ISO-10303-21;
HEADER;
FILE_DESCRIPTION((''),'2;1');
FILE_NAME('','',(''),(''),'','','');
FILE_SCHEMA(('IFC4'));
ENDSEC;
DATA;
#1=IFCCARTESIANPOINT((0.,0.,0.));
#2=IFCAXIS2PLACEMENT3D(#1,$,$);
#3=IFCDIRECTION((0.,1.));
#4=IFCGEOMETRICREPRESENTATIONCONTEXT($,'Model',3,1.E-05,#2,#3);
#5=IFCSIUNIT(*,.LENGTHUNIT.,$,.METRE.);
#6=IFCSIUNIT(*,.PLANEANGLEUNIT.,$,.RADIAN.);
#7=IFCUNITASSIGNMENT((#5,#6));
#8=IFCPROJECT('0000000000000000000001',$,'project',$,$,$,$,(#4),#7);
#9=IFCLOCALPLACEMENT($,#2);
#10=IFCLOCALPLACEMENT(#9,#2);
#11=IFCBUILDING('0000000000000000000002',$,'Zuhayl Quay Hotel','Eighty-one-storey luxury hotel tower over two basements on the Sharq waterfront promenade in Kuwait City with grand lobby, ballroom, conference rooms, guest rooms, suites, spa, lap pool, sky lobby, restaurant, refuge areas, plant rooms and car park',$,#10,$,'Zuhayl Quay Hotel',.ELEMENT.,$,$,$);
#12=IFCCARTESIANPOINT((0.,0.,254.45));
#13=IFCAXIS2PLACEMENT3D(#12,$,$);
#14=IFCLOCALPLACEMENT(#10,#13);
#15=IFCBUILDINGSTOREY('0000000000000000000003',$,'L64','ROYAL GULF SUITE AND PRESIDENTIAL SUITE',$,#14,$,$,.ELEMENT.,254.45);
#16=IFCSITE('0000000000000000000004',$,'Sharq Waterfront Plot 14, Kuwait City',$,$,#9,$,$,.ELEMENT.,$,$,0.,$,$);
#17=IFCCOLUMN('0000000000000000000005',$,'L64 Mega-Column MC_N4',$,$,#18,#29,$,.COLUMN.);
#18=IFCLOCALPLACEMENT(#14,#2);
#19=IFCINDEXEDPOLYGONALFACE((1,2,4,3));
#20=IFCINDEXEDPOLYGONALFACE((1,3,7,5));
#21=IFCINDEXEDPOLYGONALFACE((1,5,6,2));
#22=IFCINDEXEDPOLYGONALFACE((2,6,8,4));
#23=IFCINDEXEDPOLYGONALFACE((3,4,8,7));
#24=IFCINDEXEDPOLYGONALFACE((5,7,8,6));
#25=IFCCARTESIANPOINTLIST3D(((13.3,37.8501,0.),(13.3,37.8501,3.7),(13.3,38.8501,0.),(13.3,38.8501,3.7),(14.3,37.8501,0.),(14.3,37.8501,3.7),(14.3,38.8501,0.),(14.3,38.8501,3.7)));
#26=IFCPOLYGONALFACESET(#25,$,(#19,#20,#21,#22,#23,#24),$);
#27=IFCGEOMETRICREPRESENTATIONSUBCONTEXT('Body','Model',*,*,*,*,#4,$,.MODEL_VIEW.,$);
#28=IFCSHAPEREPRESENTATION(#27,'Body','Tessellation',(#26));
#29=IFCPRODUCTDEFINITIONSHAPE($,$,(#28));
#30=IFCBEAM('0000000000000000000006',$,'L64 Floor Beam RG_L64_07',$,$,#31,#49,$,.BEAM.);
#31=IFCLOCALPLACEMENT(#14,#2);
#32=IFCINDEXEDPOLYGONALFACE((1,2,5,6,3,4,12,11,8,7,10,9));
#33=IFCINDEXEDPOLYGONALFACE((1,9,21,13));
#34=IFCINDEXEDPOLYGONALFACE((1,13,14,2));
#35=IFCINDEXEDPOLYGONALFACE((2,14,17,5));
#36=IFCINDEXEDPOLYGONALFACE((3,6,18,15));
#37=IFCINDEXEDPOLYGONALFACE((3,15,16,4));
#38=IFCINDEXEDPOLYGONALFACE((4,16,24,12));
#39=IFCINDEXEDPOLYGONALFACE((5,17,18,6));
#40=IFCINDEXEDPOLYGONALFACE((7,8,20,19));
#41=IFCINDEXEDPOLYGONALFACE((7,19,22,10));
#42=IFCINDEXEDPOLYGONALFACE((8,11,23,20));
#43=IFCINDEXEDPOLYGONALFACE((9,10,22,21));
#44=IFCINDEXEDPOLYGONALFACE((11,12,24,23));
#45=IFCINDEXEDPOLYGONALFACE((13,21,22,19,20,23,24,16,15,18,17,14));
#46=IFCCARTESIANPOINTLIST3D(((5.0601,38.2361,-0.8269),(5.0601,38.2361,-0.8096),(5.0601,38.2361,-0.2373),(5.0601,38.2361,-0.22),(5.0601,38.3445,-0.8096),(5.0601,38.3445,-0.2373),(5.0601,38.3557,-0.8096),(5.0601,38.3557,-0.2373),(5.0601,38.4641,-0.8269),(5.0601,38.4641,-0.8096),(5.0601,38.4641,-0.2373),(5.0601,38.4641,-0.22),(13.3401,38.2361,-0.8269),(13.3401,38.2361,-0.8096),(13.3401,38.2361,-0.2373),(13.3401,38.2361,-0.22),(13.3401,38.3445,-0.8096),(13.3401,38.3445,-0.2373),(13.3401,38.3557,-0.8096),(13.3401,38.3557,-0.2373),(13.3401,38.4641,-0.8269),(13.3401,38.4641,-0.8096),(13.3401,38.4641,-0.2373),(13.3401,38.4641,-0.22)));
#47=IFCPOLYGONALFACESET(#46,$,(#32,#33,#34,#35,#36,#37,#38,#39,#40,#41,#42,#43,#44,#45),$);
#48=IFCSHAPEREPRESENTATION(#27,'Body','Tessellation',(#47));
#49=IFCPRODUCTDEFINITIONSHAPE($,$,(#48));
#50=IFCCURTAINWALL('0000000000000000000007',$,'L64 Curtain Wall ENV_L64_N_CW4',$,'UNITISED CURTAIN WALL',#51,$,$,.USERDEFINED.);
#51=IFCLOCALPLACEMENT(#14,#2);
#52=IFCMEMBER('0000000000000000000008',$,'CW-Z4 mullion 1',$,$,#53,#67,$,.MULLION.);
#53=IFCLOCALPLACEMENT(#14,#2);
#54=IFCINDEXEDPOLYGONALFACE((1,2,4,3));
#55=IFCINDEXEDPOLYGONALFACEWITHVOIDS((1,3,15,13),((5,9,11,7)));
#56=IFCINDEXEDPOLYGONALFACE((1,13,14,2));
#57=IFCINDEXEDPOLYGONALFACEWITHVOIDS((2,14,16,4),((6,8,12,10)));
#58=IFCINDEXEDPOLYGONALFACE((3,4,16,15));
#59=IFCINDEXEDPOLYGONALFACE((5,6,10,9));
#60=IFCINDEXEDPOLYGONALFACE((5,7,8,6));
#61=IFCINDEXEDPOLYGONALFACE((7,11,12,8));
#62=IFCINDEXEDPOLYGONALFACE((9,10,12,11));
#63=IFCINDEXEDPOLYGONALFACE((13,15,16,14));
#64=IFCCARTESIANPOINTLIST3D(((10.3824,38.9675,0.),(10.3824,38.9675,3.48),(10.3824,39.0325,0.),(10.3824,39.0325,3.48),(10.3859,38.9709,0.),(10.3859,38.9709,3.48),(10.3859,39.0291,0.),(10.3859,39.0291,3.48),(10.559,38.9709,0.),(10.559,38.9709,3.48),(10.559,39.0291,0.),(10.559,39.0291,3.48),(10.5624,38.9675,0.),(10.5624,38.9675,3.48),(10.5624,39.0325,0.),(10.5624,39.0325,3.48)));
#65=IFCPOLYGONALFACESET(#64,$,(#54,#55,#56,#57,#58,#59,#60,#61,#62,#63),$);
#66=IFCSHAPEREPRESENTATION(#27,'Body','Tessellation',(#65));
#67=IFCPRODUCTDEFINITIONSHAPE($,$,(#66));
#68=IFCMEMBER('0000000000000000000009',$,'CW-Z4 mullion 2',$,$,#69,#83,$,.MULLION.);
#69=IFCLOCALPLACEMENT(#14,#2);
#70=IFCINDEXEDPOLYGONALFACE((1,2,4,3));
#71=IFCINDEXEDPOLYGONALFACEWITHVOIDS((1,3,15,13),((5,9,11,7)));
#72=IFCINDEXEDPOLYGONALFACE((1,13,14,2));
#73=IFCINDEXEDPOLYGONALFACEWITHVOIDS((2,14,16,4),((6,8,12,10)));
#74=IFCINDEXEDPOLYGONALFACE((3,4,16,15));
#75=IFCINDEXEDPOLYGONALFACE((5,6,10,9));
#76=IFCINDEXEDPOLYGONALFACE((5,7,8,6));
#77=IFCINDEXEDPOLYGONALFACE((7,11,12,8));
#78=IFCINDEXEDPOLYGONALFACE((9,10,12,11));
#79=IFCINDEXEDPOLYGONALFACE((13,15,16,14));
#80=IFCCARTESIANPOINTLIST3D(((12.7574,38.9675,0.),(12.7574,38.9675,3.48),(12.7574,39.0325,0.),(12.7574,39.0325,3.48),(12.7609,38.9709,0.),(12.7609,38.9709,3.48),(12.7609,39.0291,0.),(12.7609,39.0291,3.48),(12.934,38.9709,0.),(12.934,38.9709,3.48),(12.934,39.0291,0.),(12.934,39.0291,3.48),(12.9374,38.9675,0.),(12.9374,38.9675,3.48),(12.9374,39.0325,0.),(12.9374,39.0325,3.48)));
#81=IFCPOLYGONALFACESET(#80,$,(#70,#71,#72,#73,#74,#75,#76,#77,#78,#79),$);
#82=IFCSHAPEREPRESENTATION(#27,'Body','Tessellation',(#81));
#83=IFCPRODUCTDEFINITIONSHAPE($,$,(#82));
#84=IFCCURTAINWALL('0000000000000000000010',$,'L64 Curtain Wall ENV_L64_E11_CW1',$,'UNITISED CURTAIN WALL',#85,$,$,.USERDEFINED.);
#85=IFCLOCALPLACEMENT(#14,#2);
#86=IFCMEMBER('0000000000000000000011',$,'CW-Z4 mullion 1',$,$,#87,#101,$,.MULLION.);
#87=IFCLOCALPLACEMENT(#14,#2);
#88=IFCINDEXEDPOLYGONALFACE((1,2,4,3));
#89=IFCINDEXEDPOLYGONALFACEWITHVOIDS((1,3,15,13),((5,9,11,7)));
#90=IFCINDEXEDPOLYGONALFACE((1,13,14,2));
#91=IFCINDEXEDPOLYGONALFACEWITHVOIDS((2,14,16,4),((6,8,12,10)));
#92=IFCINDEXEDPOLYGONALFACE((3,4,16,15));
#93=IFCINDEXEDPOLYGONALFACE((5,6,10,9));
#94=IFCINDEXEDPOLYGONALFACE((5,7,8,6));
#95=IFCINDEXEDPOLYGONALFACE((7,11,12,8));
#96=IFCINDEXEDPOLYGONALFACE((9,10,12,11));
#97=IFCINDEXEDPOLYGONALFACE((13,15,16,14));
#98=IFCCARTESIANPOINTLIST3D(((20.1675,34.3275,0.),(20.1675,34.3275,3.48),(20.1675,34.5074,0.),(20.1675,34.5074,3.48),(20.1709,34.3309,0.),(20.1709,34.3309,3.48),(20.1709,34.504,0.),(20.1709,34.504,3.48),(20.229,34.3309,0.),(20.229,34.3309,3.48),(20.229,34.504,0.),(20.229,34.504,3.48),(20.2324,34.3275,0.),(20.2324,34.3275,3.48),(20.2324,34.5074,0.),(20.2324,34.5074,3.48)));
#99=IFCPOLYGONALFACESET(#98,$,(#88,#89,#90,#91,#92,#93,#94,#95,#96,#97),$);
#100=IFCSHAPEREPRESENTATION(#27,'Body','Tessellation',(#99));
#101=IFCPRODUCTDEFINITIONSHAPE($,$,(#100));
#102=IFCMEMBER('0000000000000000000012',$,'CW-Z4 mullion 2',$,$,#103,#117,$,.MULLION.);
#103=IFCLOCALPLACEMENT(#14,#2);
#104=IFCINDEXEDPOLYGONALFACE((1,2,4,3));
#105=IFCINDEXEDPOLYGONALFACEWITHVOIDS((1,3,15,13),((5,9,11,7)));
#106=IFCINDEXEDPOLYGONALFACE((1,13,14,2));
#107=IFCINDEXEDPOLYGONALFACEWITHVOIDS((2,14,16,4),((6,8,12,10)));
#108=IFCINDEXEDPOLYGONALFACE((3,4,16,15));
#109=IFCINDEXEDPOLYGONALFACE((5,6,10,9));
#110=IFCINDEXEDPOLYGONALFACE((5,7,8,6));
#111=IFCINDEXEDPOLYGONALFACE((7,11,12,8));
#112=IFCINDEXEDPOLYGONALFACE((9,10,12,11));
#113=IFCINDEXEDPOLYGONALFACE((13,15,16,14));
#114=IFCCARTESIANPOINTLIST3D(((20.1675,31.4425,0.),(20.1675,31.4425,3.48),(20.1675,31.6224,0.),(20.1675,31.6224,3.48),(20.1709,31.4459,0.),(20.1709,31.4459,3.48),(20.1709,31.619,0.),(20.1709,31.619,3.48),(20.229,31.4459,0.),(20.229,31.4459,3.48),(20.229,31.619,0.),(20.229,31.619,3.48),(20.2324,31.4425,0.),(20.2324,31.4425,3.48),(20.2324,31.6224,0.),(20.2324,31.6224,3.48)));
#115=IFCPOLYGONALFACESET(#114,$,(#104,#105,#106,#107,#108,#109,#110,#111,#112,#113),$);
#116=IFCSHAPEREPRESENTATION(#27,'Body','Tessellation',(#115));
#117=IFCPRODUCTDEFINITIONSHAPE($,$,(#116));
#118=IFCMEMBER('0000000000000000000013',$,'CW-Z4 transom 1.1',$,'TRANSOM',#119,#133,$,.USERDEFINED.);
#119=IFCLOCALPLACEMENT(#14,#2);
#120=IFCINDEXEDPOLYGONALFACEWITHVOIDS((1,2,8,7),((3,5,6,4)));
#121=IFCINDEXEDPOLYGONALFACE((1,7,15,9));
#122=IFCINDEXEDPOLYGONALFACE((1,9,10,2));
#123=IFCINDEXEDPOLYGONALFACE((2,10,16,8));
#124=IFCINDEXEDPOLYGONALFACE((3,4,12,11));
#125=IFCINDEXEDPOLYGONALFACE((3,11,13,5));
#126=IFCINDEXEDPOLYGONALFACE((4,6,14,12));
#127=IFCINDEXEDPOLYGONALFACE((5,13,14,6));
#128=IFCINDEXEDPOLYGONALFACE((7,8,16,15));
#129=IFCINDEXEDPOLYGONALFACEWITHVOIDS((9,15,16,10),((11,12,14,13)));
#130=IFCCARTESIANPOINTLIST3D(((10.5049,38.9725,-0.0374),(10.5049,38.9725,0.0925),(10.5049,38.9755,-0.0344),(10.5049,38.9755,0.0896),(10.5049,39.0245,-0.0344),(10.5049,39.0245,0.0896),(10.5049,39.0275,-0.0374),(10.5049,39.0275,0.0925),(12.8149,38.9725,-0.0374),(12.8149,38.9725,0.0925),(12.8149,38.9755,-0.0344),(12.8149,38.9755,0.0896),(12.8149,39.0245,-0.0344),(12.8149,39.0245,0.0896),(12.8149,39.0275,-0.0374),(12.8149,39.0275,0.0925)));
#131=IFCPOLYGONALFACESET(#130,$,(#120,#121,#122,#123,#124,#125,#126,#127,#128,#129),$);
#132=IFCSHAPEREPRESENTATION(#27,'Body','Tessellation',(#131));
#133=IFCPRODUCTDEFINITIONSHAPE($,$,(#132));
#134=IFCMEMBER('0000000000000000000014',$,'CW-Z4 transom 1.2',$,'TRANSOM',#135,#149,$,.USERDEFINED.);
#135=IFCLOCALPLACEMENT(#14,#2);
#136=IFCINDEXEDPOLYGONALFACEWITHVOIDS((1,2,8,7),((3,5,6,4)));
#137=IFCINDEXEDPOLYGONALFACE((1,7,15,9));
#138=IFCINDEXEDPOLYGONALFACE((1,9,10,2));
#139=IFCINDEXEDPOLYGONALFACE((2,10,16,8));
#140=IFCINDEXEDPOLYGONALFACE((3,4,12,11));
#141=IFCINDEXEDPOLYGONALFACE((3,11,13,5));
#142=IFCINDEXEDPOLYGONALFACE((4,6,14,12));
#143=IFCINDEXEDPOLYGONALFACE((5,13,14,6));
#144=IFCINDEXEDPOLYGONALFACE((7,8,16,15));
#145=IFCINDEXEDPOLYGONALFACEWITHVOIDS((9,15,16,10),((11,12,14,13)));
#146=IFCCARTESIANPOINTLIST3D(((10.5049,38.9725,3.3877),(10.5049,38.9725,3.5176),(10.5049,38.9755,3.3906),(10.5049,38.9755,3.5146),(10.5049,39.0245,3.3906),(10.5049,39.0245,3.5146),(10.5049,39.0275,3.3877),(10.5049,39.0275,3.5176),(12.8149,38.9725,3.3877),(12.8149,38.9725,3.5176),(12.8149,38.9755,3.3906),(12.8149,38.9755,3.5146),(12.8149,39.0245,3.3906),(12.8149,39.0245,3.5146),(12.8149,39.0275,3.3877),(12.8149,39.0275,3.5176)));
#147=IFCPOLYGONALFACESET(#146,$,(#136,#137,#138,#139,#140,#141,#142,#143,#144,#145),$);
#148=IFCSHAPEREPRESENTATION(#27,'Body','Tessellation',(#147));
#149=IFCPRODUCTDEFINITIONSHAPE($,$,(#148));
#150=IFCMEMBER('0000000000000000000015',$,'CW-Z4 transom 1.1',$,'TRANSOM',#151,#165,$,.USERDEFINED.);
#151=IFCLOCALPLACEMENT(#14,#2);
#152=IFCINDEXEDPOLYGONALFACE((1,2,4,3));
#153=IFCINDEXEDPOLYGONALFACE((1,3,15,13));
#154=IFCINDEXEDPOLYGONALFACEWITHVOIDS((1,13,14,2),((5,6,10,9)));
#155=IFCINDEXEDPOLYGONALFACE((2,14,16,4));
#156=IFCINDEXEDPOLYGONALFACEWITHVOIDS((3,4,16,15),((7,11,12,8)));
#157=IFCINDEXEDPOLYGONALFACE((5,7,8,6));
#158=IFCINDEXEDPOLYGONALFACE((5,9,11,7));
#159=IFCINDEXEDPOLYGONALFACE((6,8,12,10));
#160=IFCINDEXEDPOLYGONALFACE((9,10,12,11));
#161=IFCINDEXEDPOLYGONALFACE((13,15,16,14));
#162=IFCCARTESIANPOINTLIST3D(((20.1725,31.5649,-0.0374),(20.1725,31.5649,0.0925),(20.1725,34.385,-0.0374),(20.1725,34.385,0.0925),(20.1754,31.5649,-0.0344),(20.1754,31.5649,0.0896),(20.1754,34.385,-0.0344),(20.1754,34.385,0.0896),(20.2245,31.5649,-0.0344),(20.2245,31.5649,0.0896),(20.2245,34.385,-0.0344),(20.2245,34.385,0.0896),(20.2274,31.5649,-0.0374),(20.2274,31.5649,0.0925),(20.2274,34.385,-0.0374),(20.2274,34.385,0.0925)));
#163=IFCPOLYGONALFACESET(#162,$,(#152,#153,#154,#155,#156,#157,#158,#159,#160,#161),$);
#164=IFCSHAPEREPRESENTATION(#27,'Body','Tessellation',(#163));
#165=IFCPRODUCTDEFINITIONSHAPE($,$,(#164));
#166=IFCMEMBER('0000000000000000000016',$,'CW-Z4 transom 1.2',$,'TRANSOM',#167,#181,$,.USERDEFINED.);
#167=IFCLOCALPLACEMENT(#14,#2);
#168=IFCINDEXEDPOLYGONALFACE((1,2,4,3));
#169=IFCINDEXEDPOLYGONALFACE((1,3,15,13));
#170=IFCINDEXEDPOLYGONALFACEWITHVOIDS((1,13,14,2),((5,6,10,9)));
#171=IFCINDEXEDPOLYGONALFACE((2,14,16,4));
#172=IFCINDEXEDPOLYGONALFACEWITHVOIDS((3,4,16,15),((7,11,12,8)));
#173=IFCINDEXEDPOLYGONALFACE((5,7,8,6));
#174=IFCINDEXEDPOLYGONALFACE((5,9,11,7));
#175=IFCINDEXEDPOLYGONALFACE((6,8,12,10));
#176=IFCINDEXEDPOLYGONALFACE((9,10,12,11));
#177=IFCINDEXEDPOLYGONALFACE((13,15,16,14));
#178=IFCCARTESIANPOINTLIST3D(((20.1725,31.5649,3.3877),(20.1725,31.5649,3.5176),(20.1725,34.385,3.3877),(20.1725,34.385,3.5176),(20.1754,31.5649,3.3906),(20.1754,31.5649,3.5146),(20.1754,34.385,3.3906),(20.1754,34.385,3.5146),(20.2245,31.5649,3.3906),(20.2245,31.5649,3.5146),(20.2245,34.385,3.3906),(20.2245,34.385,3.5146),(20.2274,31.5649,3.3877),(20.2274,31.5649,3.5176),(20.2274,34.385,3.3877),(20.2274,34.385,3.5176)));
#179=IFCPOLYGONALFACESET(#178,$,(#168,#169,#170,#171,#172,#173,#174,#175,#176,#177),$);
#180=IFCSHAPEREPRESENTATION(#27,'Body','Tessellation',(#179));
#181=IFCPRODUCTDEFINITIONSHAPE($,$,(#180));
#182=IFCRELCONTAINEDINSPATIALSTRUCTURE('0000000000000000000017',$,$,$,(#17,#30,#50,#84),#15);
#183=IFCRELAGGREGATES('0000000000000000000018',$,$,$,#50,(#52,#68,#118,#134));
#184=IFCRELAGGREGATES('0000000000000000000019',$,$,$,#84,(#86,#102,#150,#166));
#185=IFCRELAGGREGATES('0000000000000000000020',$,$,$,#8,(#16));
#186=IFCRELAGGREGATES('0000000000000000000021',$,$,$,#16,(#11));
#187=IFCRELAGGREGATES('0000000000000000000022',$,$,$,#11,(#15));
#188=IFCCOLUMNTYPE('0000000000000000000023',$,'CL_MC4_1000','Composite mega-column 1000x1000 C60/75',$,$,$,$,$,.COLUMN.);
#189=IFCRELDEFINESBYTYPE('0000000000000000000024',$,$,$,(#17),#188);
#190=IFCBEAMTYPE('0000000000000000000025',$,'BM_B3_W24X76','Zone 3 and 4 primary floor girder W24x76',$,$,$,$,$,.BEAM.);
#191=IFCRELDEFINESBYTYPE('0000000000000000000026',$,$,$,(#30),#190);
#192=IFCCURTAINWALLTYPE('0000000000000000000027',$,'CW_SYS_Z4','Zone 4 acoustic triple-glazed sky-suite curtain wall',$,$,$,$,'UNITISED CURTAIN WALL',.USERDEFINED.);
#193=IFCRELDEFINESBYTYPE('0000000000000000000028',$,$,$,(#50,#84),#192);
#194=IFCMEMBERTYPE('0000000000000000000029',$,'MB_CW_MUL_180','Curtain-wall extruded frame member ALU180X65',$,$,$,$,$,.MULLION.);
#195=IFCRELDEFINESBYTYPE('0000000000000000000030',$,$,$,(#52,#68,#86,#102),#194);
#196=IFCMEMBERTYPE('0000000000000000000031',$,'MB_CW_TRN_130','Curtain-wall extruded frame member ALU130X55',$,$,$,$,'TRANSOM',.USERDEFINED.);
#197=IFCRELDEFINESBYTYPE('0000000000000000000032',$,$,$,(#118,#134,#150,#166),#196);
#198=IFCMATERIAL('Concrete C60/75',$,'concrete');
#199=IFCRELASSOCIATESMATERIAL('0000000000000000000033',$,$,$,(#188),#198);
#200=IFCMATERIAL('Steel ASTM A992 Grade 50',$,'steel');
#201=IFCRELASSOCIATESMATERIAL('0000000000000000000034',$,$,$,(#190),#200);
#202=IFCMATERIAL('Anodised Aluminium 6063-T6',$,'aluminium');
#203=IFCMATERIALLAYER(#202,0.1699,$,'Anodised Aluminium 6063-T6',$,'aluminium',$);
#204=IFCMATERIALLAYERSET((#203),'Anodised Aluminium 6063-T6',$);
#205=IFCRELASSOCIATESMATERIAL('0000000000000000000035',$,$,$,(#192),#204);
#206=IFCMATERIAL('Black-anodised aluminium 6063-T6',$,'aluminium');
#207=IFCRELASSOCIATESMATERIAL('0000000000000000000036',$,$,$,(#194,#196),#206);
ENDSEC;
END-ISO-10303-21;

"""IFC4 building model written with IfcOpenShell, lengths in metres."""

from ifc_helpers import new_model, si_unit, direction, frame, origin, origin_2d, place, context, subcontext, project, spatial, rectangle, hollow_rectangle, i_section, extrude, material, layer, layer_set, material_profile, profile_set, type_object, element, aggregate, save


model = new_model("IFC4")

# Units and contexts
model_context = context("Model", 3, precision=1e-05, world=origin(), true_north=direction((0.0, 1.0)))
body_context = subcontext(model_context, "Body", "Model", "MODEL_VIEW")
ifc_project = project(units=[si_unit("LENGTHUNIT", "METRE"), si_unit("PLANEANGLEUNIT", "RADIAN")], contexts=[model_context])

# Site, building, storey
site_placement = place(None, origin())
site = spatial("IfcSite", under=ifc_project, at=site_placement, Name="Sharq Waterfront Plot 14, Kuwait City", CompositionType="ELEMENT", RefElevation=0.0)
building_placement = place(site_placement, origin())
building = spatial("IfcBuilding", under=site, at=building_placement, Name="Zuhayl Quay Hotel", Description="Eighty-one-storey luxury hotel tower over two basements on the Sharq waterfront promenade in Kuwait City with grand lobby, ballroom, conference rooms, guest rooms, suites, spa, lap pool, sky lobby, restaurant, refuge areas, plant rooms and car park", LongName="Zuhayl Quay Hotel", CompositionType="ELEMENT")
storey_placement = place(building_placement, frame((0.0, 0.0, 254.45)))
storey = spatial("IfcBuildingStorey", under=building, at=storey_placement, Name="L64", Description="ROYAL GULF SUITE AND PRESIDENTIAL SUITE", CompositionType="ELEMENT", Elevation=254.45)

# Column
ifc_material_1 = material(Name="Concrete C60/75", Category="concrete")
ifc_material_profile_1 = material_profile(ifc_material_1, rectangle(XDim=1.0, YDim=1.0, at=origin_2d()), Name="RC1000X1000")
ifc_profile_set_1 = profile_set([ifc_material_profile_1], Name="Concrete C60/75")
column_type = type_object("IfcColumnType", Name="CL_MC4_1000", Description="Composite mega-column 1000x1000 C60/75", PredefinedType="COLUMN", material=ifc_profile_set_1)
column_placement = place(storey_placement, frame((13.8, 38.3501, 0.0), z_axis=(0.0, 0.0, 1.0), x_axis=(1.0, 0.0, 0.0)))
element("IfcColumn", 1, at=column_placement, inside=storey, type_object=column_type, Name="L64 Mega-Column MC_N4", PredefinedType="COLUMN", context=body_context, shape_type="SweptSolid", body=[
    extrude(rectangle(XDim=1.0, YDim=1.0, at=origin_2d()), origin(), (0.0, 0.0, 1.0), 3.7),
])

# Beam
ifc_material_2 = material(Name="Steel ASTM A992 Grade 50", Category="steel")
ifc_material_profile_2 = material_profile(ifc_material_2, i_section(OverallWidth=0.228, OverallDepth=0.6069, WebThickness=0.0112, FlangeThickness=0.0173, at=origin_2d()), Name="W24X76")
ifc_profile_set_2 = profile_set([ifc_material_profile_2], Name="Steel ASTM A992 Grade 50")
beam_type = type_object("IfcBeamType", Name="BM_B3_W24X76", Description="Zone 3 and 4 primary floor girder W24x76", PredefinedType="BEAM", material=ifc_profile_set_2)
beam_placement = place(storey_placement, frame((13.3401, 38.3501, -0.5234), z_axis=(-1.0, 0.0, 0.0), x_axis=(0.0, -1.0, 0.0)))
element("IfcBeam", 2, at=beam_placement, inside=storey, type_object=beam_type, Name="L64 Floor Beam RG_L64_07", PredefinedType="BEAM", context=body_context, shape_type="SweptSolid", body=[
    extrude(i_section(OverallWidth=0.228, OverallDepth=0.6069, WebThickness=0.0112, FlangeThickness=0.0173, at=origin_2d()), origin(), (0.0, 0.0, 1.0), 8.28),
])

# Curtain walls, members
ifc_material_3 = material(Name="Anodised Aluminium 6063-T6", Category="aluminium")
ifc_layer_1 = layer(ifc_material_3, 0.1699, Name="Anodised Aluminium 6063-T6", Category="aluminium")
ifc_layer_set_1 = layer_set([ifc_layer_1], Name="Anodised Aluminium 6063-T6")
curtain_wall_type = type_object("IfcCurtainWallType", Name="CW_SYS_Z4", Description="Zone 4 acoustic triple-glazed sky-suite curtain wall", ElementType="UNITISED CURTAIN WALL", PredefinedType="USERDEFINED", material=ifc_layer_set_1)
curtain_wall_1_placement = place(storey_placement, origin())
curtain_wall_1 = element("IfcCurtainWall", 3, at=curtain_wall_1_placement, inside=storey, type_object=curtain_wall_type, Name="L64 Curtain Wall ENV_L64_N_CW4", ObjectType="UNITISED CURTAIN WALL", PredefinedType="USERDEFINED")
ifc_material_4 = material(Name="Black-anodised aluminium 6063-T6", Category="aluminium")
ifc_material_profile_3 = material_profile(ifc_material_4, hollow_rectangle(XDim=0.0649, YDim=0.1799, WallThickness=0.0034, at=origin_2d()), Name="ALU180X65")
ifc_profile_set_3 = profile_set([ifc_material_profile_3], Name="Black-anodised aluminium 6063-T6")
member_type_1 = type_object("IfcMemberType", Name="MB_CW_MUL_180", Description="Curtain-wall extruded frame member ALU180X65", PredefinedType="MULLION", material=ifc_profile_set_3)
member_1_placement = place(storey_placement, frame((10.4724, 39.0, 0.0), z_axis=(0.0, 0.0, 1.0), x_axis=(0.0, 1.0, 0.0)))
member_1 = element("IfcMember", 4, at=member_1_placement, type_object=member_type_1, Name="CW-Z4 mullion 1", PredefinedType="MULLION", context=body_context, shape_type="SweptSolid", body=[
    extrude(hollow_rectangle(XDim=0.0649, YDim=0.1799, WallThickness=0.0034, at=origin_2d()), origin(), (0.0, 0.0, 1.0), 3.48),
])
member_2_placement = place(storey_placement, frame((12.8474, 39.0, 0.0), z_axis=(0.0, 0.0, 1.0), x_axis=(0.0, 1.0, 0.0)))
member_2 = element("IfcMember", 5, at=member_2_placement, type_object=member_type_1, Name="CW-Z4 mullion 2", PredefinedType="MULLION", context=body_context, shape_type="SweptSolid", body=[
    extrude(hollow_rectangle(XDim=0.0649, YDim=0.1799, WallThickness=0.0034, at=origin_2d()), origin(), (0.0, 0.0, 1.0), 3.48),
])
curtain_wall_2_placement = place(storey_placement, origin())
curtain_wall_2 = element("IfcCurtainWall", 6, at=curtain_wall_2_placement, inside=storey, type_object=curtain_wall_type, Name="L64 Curtain Wall ENV_L64_E11_CW1", ObjectType="UNITISED CURTAIN WALL", PredefinedType="USERDEFINED")
member_3_placement = place(storey_placement, frame((20.2, 34.4175, 0.0), z_axis=(0.0, 0.0, 1.0), x_axis=(1.0, 0.0, 0.0)))
member_3 = element("IfcMember", 7, at=member_3_placement, type_object=member_type_1, Name="CW-Z4 mullion 1", PredefinedType="MULLION", context=body_context, shape_type="SweptSolid", body=[
    extrude(hollow_rectangle(XDim=0.0649, YDim=0.1799, WallThickness=0.0034, at=origin_2d()), origin(), (0.0, 0.0, 1.0), 3.48),
])
member_4_placement = place(storey_placement, frame((20.2, 31.5325, 0.0), z_axis=(0.0, 0.0, 1.0), x_axis=(1.0, 0.0, 0.0)))
member_4 = element("IfcMember", 8, at=member_4_placement, type_object=member_type_1, Name="CW-Z4 mullion 2", PredefinedType="MULLION", context=body_context, shape_type="SweptSolid", body=[
    extrude(hollow_rectangle(XDim=0.0649, YDim=0.1799, WallThickness=0.0034, at=origin_2d()), origin(), (0.0, 0.0, 1.0), 3.48),
])

# Members
ifc_material_profile_4 = material_profile(ifc_material_4, hollow_rectangle(XDim=0.0549, YDim=0.1299, WallThickness=0.0029, at=origin_2d()), Name="ALU130X55")
ifc_profile_set_4 = profile_set([ifc_material_profile_4], Name="Black-anodised aluminium 6063-T6")
member_type_2 = type_object("IfcMemberType", Name="MB_CW_TRN_130", Description="Curtain-wall extruded frame member ALU130X55", ElementType="TRANSOM", PredefinedType="USERDEFINED", material=ifc_profile_set_4)
member_5_placement = place(storey_placement, frame((10.5049, 39.0, 0.0276), z_axis=(1.0, 0.0, 0.0), x_axis=(0.0, 1.0, 0.0)))
member_5 = element("IfcMember", 9, at=member_5_placement, type_object=member_type_2, Name="CW-Z4 transom 1.1", ObjectType="TRANSOM", PredefinedType="USERDEFINED", context=body_context, shape_type="SweptSolid", body=[
    extrude(hollow_rectangle(XDim=0.0549, YDim=0.1299, WallThickness=0.0029, at=origin_2d()), origin(), (0.0, 0.0, 1.0), 2.3101),
])
member_6_placement = place(storey_placement, frame((10.5049, 39.0, 3.4526), z_axis=(1.0, 0.0, 0.0), x_axis=(0.0, 1.0, 0.0)))
member_6 = element("IfcMember", 10, at=member_6_placement, type_object=member_type_2, Name="CW-Z4 transom 1.2", ObjectType="TRANSOM", PredefinedType="USERDEFINED", context=body_context, shape_type="SweptSolid", body=[
    extrude(hollow_rectangle(XDim=0.0549, YDim=0.1299, WallThickness=0.0029, at=origin_2d()), origin(), (0.0, 0.0, 1.0), 2.3101),
])
member_7_placement = place(storey_placement, frame((20.2, 34.385, 0.0276), z_axis=(0.0, -1.0, 0.0), x_axis=(1.0, 0.0, 0.0)))
member_7 = element("IfcMember", 11, at=member_7_placement, type_object=member_type_2, Name="CW-Z4 transom 1.1", ObjectType="TRANSOM", PredefinedType="USERDEFINED", context=body_context, shape_type="SweptSolid", body=[
    extrude(hollow_rectangle(XDim=0.0549, YDim=0.1299, WallThickness=0.0029, at=origin_2d()), origin(), (0.0, 0.0, 1.0), 2.8201),
])
member_8_placement = place(storey_placement, frame((20.2, 34.385, 3.4526), z_axis=(0.0, -1.0, 0.0), x_axis=(1.0, 0.0, 0.0)))
member_8 = element("IfcMember", 12, at=member_8_placement, type_object=member_type_2, Name="CW-Z4 transom 1.2", ObjectType="TRANSOM", PredefinedType="USERDEFINED", context=body_context, shape_type="SweptSolid", body=[
    extrude(hollow_rectangle(XDim=0.0549, YDim=0.1299, WallThickness=0.0029, at=origin_2d()), origin(), (0.0, 0.0, 1.0), 2.8201),
])

aggregate(curtain_wall_1, [member_1, member_2, member_5, member_6])
aggregate(curtain_wall_2, [member_3, member_4, member_7, member_8])

save(model, "model.ifc")
